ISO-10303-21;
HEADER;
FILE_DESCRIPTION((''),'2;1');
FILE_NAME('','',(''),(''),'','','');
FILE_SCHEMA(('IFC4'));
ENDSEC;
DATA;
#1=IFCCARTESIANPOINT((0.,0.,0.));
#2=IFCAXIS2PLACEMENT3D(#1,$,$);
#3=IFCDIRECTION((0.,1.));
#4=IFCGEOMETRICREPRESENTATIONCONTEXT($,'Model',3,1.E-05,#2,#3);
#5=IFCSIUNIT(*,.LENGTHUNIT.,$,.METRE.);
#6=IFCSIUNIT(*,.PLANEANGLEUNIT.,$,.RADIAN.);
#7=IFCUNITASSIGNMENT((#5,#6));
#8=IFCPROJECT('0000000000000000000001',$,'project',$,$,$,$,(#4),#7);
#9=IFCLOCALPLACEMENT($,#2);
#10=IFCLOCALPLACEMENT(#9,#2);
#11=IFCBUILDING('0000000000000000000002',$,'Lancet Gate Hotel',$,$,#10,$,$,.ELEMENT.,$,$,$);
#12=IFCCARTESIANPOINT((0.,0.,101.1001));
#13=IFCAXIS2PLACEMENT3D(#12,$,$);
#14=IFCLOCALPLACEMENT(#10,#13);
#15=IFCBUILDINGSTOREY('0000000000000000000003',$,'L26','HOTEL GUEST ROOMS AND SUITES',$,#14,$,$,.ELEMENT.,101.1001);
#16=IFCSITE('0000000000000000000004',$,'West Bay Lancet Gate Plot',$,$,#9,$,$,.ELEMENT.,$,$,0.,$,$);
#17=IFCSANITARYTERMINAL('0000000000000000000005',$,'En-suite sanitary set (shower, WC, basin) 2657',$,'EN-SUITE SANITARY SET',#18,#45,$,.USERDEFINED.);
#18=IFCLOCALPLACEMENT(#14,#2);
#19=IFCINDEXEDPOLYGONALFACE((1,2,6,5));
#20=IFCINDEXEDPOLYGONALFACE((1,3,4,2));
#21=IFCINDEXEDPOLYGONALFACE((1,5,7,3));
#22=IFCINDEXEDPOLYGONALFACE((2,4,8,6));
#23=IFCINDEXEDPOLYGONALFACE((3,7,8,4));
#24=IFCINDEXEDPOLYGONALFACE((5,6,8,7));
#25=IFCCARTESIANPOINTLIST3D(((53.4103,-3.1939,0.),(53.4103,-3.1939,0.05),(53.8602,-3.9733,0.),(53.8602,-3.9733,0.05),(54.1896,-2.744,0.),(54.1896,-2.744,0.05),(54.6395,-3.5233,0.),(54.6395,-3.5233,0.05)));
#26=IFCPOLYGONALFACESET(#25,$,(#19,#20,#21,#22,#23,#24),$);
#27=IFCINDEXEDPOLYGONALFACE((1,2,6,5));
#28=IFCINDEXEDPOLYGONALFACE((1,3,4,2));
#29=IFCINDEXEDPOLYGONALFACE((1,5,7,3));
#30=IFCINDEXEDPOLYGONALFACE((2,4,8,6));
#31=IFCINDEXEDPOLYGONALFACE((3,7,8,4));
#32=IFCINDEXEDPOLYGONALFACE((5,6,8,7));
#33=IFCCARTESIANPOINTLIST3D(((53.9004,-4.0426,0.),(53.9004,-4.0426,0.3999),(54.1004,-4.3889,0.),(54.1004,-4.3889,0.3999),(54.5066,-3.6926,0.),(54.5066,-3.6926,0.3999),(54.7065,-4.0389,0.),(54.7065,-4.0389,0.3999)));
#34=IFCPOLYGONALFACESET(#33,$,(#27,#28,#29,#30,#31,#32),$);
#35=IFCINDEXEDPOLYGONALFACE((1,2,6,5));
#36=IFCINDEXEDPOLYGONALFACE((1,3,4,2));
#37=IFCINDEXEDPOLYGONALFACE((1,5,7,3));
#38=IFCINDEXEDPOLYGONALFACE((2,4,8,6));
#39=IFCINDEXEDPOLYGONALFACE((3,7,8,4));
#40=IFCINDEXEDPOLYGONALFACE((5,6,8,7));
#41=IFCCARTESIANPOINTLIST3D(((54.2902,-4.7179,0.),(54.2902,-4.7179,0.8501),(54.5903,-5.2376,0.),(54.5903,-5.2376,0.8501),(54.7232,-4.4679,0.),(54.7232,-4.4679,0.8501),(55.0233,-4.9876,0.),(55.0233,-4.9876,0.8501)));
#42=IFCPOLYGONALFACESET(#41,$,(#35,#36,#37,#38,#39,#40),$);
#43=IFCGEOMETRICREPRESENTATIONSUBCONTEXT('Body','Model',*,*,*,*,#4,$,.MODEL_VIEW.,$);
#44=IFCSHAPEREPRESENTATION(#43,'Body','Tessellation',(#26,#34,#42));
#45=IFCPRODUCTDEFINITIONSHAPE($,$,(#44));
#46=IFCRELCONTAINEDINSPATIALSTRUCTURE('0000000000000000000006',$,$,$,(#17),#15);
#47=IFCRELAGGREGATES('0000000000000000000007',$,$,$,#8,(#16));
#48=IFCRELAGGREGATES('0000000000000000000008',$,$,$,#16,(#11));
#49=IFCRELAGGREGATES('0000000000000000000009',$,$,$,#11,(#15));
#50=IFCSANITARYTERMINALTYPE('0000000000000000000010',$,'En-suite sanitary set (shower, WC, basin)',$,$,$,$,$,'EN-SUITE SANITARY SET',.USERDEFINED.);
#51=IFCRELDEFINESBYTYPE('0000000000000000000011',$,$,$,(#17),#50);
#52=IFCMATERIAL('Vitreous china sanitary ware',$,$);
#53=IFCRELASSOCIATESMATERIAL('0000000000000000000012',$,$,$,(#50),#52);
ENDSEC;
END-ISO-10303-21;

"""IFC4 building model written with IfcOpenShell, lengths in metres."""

from ifc_helpers import new_model, si_unit, direction, frame, origin, origin_2d, place, context, subcontext, project, spatial, rectangle, extrude, material, type_object, element, save


model = new_model("IFC4")

# Units and contexts
model_context = context("Model", 3, precision=1e-05, world=origin(), true_north=direction((0.0, 1.0)))
body_context = subcontext(model_context, "Body", "Model", "MODEL_VIEW")
ifc_project = project(units=[si_unit("LENGTHUNIT", "METRE"), si_unit("PLANEANGLEUNIT", "RADIAN")], contexts=[model_context])

# Site, building, storey
site_placement = place(None, origin())
site = spatial("IfcSite", under=ifc_project, at=site_placement, Name="West Bay Lancet Gate Plot", CompositionType="ELEMENT", RefElevation=0.0)
building_placement = place(site_placement, origin())
building = spatial("IfcBuilding", under=site, at=building_placement, Name="Lancet Gate Hotel", CompositionType="ELEMENT")
storey_placement = place(building_placement, frame((0.0, 0.0, 101.1001)))
storey = spatial("IfcBuildingStorey", under=building, at=storey_placement, Name="L26", Description="HOTEL GUEST ROOMS AND SUITES", CompositionType="ELEMENT", Elevation=101.1001)

# Sanitary terminal
ifc_material_1 = material(Name="Vitreous china sanitary ware")
sanitary_terminal_type = type_object("IfcSanitaryTerminalType", Name="En-suite sanitary set (shower, WC, basin)", ElementType="EN-SUITE SANITARY SET", PredefinedType="USERDEFINED", material=ifc_material_1)
sanitary_terminal_placement = place(storey_placement, frame((54.0249, -3.3586, 0.0), z_axis=(0.0, 0.0, 1.0), x_axis=(1.0, 0.0, 0.0)))
element("IfcSanitaryTerminal", 1, at=sanitary_terminal_placement, inside=storey, type_object=sanitary_terminal_type, Name="En-suite sanitary set (shower, WC, basin) 2657", ObjectType="EN-SUITE SANITARY SET", PredefinedType="USERDEFINED", context=body_context, shape_type="SweptSolid", body=[
    extrude(rectangle(XDim=0.8999, YDim=0.8999, at=origin_2d()), frame((0.0, 0.0, 0.0), z_axis=(0.0, 0.0, 1.0), x_axis=(-0.5, 0.866025, 0.0)), (0.0, 0.0, 1.0), 0.05),
    extrude(rectangle(XDim=0.3999, YDim=0.7, at=origin_2d()), frame((0.2786, -0.6821, 0.0), z_axis=(0.0, 0.0, 1.0), x_axis=(-0.5, 0.866025, 0.0)), (0.0, 0.0, 1.0), 0.3999),
    extrude(rectangle(XDim=0.6001, YDim=0.5, at=origin_2d()), frame((0.6318, -1.4941, 0.0), z_axis=(0.0, 0.0, 1.0), x_axis=(-0.5, 0.866025, 0.0)), (0.0, 0.0, 1.0), 0.8501),
])

save(model, "model.ifc")
